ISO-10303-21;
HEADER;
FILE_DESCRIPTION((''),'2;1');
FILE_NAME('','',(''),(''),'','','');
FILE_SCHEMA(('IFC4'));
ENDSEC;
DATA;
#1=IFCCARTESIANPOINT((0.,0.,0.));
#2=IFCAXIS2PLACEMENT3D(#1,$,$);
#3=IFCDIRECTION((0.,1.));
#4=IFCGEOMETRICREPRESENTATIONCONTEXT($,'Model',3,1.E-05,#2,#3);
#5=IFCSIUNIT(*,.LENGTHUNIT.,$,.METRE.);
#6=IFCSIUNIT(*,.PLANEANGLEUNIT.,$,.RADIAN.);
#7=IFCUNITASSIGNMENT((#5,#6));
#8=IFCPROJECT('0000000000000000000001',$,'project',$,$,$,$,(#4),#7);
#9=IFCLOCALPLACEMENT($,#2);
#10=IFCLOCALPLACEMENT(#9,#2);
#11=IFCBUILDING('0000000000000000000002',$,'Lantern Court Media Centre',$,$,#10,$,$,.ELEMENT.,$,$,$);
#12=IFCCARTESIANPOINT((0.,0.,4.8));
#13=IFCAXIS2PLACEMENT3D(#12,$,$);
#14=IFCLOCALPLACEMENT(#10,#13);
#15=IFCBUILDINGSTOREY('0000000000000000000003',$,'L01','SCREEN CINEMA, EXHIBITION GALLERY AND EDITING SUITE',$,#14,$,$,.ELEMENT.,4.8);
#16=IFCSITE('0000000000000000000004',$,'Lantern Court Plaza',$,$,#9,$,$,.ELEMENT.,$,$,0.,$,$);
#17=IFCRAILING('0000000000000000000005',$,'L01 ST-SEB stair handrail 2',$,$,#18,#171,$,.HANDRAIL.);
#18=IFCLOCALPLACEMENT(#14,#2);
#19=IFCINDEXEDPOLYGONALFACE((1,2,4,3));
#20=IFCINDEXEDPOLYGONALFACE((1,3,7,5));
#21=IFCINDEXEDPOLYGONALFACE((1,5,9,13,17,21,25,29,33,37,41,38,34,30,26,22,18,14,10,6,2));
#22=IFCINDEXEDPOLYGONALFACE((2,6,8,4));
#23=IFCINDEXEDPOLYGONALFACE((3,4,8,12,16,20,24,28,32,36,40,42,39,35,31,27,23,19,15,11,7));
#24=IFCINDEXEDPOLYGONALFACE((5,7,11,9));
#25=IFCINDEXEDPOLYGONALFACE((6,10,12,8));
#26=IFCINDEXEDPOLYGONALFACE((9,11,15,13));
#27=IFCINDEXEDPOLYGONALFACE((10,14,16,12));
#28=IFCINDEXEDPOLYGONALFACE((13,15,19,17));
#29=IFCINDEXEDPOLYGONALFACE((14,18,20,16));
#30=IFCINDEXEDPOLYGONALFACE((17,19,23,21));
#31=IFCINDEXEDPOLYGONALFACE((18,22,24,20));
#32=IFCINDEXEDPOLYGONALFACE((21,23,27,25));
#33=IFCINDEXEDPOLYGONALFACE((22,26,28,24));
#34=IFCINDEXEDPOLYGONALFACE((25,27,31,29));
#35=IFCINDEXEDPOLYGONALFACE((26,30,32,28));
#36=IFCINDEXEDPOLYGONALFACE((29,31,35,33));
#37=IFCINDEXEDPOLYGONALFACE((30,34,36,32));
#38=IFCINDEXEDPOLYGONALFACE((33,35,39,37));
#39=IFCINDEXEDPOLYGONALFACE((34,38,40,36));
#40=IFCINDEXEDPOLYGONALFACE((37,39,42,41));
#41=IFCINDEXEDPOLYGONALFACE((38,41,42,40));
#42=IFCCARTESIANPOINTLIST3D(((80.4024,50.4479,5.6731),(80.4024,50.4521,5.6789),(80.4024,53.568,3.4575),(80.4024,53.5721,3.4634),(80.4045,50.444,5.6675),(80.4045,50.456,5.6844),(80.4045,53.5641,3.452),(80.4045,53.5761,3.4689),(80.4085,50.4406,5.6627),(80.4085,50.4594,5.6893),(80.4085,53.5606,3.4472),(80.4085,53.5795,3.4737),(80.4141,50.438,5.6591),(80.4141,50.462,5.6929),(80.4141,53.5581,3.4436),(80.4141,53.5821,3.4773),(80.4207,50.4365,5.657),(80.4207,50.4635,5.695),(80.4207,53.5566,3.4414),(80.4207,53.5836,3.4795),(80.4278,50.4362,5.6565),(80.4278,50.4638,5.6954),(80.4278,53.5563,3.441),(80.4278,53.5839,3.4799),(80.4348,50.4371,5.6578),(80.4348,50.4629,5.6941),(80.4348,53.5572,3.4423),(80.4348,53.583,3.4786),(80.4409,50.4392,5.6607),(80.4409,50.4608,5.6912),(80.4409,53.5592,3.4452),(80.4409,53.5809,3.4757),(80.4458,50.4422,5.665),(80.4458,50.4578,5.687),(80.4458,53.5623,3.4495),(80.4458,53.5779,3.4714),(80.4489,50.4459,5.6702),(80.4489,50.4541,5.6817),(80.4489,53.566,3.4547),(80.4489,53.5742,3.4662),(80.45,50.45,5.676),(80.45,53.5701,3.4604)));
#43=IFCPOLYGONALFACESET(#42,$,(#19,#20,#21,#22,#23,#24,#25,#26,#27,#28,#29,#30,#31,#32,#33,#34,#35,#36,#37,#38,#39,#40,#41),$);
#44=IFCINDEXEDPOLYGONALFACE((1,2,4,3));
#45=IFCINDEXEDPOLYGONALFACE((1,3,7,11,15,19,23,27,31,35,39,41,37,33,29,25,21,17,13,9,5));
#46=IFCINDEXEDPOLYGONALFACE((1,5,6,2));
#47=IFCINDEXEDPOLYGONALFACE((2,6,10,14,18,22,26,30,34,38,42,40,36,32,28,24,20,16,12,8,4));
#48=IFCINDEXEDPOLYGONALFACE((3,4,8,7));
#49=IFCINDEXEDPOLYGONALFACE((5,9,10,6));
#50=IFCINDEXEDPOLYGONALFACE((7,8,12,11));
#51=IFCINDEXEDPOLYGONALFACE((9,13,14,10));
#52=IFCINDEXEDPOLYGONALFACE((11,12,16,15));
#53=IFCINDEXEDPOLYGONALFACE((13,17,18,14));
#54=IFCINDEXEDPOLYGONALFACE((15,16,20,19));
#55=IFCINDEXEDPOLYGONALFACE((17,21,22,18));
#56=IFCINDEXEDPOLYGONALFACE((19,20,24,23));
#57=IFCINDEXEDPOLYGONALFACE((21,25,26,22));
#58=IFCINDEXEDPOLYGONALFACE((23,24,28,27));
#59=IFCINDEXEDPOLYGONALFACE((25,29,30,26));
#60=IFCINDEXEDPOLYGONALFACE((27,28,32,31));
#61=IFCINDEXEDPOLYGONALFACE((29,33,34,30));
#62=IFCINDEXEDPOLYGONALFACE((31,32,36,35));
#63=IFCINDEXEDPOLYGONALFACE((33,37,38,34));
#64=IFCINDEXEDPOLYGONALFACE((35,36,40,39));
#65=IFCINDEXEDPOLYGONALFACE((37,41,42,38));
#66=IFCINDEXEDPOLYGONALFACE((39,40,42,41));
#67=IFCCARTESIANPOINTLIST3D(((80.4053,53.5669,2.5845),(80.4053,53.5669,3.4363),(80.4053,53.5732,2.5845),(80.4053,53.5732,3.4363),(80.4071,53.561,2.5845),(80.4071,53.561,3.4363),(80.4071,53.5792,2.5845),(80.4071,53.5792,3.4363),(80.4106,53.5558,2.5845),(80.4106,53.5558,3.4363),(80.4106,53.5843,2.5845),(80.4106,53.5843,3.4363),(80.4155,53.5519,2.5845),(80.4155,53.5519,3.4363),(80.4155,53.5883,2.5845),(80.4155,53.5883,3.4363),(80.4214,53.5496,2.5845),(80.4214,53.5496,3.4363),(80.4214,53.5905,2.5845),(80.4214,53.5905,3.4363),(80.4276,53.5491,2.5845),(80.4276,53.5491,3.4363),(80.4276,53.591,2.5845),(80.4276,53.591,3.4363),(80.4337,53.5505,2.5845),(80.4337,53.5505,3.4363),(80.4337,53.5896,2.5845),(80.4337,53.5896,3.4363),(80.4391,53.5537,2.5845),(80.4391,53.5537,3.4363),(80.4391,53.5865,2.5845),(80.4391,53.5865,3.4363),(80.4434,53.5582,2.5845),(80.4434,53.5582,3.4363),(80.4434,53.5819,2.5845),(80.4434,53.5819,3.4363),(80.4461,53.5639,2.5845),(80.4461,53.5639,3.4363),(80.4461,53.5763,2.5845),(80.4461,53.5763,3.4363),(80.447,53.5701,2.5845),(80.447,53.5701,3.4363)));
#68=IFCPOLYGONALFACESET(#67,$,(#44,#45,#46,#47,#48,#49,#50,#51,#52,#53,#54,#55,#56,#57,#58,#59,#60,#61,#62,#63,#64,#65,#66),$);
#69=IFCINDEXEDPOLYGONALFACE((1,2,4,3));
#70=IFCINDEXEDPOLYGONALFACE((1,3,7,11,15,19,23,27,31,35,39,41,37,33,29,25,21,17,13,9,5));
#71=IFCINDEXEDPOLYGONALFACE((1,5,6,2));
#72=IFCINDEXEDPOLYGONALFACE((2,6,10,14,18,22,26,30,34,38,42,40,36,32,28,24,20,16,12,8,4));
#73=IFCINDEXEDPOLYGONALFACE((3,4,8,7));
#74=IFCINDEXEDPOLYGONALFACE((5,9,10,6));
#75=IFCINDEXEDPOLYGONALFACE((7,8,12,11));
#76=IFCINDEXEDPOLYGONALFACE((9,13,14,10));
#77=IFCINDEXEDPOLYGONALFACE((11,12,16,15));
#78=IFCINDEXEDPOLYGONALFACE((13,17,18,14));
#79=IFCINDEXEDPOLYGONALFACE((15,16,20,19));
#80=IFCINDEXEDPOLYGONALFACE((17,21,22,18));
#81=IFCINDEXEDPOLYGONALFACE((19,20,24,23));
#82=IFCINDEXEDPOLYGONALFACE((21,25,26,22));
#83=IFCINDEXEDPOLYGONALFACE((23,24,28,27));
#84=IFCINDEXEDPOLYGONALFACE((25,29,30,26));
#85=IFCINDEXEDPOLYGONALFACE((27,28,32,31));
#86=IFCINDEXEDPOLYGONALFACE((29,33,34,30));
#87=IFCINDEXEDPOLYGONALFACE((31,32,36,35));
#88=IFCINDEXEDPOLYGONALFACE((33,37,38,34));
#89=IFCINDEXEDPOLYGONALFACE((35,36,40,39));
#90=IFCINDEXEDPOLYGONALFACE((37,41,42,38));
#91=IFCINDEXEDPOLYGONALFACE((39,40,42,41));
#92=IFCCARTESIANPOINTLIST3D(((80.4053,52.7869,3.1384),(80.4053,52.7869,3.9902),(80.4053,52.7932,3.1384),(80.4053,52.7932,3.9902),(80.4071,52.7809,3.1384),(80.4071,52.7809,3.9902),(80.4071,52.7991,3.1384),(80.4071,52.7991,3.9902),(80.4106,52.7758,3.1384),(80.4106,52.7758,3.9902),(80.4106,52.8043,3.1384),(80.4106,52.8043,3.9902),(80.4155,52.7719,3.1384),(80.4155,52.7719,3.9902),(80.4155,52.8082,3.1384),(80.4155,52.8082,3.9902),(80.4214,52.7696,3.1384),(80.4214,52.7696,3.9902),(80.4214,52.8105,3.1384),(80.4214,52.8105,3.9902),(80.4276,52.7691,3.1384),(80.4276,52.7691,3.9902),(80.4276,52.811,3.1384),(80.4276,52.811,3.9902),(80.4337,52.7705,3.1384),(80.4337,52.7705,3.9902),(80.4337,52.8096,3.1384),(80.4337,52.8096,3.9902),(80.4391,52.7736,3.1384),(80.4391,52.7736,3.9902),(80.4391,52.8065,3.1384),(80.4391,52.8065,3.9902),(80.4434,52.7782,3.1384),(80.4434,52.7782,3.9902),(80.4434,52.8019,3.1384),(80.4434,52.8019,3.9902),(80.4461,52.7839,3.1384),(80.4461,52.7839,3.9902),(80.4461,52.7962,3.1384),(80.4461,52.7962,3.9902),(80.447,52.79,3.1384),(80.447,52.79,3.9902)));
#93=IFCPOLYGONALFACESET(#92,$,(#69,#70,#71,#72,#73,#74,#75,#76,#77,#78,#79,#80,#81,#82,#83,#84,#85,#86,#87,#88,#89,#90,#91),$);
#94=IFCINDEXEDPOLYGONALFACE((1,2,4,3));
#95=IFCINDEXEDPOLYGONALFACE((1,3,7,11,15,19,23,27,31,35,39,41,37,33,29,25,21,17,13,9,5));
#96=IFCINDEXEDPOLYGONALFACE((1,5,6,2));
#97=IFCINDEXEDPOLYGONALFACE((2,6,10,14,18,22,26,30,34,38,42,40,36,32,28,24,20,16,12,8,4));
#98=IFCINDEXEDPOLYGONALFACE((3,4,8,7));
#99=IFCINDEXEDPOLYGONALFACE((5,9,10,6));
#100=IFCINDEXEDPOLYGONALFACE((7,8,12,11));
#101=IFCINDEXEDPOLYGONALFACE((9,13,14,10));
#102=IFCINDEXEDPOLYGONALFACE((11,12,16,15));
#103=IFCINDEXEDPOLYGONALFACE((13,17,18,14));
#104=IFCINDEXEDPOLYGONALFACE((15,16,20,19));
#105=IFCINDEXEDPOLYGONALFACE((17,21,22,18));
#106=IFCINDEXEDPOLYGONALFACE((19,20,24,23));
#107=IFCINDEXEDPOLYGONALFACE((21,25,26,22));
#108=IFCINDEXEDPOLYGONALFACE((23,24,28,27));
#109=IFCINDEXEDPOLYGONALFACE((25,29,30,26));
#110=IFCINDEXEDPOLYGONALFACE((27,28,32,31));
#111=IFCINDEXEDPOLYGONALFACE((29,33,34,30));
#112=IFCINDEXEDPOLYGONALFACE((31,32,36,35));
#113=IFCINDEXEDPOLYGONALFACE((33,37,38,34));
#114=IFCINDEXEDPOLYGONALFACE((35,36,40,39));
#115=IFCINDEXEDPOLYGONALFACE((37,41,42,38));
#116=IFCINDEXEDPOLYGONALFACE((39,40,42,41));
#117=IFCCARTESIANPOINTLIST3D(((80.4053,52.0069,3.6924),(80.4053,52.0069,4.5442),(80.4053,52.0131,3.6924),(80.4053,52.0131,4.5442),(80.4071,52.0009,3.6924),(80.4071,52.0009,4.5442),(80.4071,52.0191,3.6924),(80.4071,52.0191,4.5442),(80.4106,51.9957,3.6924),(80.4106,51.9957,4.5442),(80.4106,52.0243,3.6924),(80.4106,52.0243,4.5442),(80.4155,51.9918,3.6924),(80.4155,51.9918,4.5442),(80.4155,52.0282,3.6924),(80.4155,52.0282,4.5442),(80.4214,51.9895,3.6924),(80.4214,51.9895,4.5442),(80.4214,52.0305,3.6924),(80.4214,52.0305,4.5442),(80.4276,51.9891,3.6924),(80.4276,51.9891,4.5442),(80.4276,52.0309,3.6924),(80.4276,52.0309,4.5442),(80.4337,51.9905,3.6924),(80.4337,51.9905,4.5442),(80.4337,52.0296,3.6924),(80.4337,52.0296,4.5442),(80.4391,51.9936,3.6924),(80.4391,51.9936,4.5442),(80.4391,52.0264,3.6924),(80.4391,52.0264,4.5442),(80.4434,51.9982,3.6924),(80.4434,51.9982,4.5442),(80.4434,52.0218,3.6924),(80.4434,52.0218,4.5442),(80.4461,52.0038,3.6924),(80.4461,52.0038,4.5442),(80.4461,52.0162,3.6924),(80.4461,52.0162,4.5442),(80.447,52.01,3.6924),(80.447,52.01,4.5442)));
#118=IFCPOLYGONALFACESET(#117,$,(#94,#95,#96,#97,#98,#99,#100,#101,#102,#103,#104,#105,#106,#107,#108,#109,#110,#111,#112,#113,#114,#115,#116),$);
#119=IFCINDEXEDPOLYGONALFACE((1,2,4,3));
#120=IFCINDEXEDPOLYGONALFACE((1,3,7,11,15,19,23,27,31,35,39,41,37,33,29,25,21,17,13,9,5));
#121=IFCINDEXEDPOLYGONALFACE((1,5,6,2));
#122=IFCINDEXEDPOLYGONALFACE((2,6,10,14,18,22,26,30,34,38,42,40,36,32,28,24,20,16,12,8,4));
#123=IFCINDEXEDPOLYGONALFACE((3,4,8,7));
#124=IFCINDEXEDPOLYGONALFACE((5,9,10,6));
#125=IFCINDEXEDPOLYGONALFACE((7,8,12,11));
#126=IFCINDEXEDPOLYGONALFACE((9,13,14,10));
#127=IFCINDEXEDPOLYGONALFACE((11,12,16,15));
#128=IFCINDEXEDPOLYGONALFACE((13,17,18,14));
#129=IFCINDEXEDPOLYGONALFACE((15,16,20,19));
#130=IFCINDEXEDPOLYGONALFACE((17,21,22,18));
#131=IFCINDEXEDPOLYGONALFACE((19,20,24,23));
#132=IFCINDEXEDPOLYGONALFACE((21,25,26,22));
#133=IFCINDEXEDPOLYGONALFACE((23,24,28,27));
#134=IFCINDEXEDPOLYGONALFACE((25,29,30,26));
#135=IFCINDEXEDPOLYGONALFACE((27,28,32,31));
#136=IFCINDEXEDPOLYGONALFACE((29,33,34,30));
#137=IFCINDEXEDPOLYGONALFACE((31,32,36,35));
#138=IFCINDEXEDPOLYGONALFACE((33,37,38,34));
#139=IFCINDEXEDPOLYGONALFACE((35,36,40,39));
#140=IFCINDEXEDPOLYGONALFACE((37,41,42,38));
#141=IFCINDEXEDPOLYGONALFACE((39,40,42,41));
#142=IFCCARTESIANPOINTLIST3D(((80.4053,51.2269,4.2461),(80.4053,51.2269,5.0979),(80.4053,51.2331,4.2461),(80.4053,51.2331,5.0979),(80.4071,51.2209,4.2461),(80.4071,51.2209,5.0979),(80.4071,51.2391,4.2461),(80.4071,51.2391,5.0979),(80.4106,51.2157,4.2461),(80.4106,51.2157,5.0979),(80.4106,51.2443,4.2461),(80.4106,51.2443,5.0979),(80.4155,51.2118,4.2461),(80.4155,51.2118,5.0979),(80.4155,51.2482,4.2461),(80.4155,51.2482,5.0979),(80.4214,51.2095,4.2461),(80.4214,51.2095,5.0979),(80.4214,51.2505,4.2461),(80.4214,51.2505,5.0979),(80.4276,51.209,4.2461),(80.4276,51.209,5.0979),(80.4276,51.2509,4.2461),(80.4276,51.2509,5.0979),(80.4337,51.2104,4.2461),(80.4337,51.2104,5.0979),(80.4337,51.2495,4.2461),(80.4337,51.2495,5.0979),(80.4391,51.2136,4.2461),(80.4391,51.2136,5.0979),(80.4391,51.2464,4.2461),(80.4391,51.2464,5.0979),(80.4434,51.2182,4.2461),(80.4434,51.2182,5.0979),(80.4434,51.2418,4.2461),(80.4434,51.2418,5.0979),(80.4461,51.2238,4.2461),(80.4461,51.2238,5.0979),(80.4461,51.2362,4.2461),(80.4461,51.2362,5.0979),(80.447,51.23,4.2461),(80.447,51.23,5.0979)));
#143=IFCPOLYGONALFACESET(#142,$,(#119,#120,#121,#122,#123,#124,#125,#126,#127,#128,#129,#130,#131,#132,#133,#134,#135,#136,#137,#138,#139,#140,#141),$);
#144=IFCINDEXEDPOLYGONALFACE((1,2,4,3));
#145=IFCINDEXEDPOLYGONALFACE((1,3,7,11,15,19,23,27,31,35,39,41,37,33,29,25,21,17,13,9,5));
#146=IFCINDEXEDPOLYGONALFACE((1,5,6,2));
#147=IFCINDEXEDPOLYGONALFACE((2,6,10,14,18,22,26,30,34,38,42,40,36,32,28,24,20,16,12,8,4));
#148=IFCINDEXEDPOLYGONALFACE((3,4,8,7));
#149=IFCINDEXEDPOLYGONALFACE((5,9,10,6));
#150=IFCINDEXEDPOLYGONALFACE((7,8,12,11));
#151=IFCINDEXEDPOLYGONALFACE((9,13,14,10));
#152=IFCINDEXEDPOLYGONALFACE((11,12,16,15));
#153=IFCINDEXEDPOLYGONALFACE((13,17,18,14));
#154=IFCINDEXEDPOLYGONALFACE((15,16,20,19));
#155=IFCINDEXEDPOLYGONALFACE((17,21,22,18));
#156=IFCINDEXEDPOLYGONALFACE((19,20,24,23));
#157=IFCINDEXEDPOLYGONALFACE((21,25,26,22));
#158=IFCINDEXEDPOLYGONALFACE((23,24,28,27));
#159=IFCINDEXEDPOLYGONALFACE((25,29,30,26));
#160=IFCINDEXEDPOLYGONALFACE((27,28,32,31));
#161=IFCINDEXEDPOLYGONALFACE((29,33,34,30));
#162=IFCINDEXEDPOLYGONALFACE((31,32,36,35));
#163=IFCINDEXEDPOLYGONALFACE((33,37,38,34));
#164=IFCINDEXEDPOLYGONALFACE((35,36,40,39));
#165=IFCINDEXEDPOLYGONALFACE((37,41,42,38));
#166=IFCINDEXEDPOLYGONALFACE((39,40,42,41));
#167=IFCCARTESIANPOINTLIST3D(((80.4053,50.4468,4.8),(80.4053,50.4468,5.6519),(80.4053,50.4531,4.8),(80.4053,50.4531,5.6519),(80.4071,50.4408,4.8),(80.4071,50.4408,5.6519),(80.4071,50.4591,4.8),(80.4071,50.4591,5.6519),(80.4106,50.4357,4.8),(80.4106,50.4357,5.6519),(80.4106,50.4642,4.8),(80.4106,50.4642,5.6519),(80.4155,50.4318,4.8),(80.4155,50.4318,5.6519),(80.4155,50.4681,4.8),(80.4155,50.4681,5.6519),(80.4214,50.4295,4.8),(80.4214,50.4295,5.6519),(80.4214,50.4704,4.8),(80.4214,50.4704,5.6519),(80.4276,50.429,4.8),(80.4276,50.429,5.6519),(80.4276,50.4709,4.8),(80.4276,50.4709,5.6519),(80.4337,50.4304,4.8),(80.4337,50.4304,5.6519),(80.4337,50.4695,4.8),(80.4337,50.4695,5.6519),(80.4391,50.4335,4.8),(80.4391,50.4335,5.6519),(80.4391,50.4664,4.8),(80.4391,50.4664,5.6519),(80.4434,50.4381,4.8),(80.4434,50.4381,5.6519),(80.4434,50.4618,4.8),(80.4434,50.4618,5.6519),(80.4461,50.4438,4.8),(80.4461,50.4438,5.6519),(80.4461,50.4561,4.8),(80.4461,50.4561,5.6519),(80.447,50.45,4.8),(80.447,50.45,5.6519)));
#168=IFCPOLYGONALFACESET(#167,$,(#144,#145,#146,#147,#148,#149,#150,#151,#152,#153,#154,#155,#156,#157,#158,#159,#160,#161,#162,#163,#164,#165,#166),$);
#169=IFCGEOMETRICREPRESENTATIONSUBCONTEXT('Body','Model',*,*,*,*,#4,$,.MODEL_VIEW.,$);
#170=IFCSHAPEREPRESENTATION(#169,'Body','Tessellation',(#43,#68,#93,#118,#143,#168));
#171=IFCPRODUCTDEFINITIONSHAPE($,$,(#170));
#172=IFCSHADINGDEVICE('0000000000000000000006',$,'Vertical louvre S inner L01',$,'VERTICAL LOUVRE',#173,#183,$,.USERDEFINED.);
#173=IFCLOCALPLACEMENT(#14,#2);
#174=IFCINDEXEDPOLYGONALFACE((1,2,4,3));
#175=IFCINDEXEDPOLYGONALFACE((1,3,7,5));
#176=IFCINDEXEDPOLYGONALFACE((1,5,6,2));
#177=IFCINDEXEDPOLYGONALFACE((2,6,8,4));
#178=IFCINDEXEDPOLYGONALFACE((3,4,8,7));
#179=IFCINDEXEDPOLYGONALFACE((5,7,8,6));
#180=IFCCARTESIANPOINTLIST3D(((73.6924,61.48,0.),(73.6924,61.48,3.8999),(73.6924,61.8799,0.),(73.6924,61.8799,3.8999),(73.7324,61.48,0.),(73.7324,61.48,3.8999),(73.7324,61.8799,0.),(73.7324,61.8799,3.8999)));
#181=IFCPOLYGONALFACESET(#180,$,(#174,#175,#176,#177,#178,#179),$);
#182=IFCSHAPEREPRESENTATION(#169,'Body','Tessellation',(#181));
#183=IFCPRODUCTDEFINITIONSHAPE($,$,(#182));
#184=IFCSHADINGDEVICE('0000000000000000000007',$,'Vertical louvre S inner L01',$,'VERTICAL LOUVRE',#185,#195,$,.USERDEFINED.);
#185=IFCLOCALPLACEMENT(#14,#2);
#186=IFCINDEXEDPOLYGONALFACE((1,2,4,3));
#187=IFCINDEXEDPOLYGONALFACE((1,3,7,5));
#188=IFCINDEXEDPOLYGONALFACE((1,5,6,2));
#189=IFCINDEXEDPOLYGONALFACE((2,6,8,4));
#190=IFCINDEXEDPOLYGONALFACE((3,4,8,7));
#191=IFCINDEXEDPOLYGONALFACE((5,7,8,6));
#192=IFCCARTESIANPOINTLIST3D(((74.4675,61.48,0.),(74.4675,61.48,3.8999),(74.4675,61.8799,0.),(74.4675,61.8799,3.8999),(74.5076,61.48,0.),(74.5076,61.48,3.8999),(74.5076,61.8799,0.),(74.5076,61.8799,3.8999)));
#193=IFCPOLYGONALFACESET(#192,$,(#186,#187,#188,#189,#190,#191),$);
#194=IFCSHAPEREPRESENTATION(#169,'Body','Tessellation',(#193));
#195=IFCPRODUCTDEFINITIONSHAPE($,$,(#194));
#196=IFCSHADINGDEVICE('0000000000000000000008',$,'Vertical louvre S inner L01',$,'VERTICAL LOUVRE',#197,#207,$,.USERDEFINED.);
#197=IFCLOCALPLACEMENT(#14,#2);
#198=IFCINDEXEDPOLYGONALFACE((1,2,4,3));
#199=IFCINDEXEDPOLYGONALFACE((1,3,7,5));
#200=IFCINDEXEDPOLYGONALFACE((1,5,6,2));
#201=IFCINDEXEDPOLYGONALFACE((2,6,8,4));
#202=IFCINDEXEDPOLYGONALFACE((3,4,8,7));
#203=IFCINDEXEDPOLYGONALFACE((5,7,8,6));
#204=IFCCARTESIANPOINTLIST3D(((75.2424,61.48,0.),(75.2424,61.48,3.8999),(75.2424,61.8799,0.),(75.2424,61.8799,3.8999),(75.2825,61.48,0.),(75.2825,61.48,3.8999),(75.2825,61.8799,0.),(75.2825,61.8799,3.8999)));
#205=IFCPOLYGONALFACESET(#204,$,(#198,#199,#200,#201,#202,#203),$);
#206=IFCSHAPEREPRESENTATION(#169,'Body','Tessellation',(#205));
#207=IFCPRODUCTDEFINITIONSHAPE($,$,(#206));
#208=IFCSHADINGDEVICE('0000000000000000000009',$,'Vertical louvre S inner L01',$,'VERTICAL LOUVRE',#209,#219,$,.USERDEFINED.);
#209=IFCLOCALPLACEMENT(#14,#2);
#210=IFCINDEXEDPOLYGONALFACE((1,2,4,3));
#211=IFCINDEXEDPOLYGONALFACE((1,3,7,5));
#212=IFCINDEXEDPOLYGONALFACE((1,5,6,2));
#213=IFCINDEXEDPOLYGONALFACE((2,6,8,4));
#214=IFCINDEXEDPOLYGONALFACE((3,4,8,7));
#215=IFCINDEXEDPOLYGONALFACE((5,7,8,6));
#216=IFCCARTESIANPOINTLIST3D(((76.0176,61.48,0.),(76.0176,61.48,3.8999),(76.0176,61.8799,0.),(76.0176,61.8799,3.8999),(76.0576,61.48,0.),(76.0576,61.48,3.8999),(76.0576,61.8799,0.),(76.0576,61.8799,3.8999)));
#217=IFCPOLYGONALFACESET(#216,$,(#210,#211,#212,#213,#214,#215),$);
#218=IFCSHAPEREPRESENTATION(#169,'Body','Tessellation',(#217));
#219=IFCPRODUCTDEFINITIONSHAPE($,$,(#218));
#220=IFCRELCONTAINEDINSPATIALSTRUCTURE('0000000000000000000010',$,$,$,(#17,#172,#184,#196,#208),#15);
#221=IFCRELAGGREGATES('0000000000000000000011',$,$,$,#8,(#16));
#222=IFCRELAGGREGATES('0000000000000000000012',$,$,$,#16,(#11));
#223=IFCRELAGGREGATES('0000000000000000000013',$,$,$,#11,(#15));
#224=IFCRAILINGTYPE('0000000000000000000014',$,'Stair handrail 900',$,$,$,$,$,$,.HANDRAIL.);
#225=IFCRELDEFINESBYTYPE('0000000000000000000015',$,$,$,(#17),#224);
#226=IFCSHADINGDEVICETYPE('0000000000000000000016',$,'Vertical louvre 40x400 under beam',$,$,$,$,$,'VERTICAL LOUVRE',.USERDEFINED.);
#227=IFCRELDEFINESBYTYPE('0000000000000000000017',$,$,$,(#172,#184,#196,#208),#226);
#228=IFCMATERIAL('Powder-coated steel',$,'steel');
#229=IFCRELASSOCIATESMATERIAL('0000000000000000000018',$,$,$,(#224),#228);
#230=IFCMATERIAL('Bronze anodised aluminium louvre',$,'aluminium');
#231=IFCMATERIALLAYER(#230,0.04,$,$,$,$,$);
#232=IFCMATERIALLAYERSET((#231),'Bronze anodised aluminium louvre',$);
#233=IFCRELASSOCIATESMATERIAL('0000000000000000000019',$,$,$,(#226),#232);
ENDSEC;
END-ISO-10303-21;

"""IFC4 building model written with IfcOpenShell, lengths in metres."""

from ifc_helpers import new_model, si_unit, direction, frame, origin, origin_2d, place, context, subcontext, project, spatial, rectangle, circle, extrude, material, layer, layer_set, type_object, element, save


model = new_model("IFC4")

# Units and contexts
model_context = context("Model", 3, precision=1e-05, world=origin(), true_north=direction((0.0, 1.0)))
body_context = subcontext(model_context, "Body", "Model", "MODEL_VIEW")
ifc_project = project(units=[si_unit("LENGTHUNIT", "METRE"), si_unit("PLANEANGLEUNIT", "RADIAN")], contexts=[model_context])

# Site, building, storey
site_placement = place(None, origin())
site = spatial("IfcSite", under=ifc_project, at=site_placement, Name="Lantern Court Plaza", CompositionType="ELEMENT", RefElevation=0.0)
building_placement = place(site_placement, origin())
building = spatial("IfcBuilding", under=site, at=building_placement, Name="Lantern Court Media Centre", CompositionType="ELEMENT")
storey_placement = place(building_placement, frame((0.0, 0.0, 4.8)))
storey = spatial("IfcBuildingStorey", under=building, at=storey_placement, Name="L01", Description="SCREEN CINEMA, EXHIBITION GALLERY AND EDITING SUITE", CompositionType="ELEMENT", Elevation=4.8)

# Railing
ifc_material_1 = material(Name="Powder-coated steel", Category="steel")
railing_type_1 = type_object("IfcRailingType", Name="Stair handrail 900", PredefinedType="HANDRAIL", material=ifc_material_1)
railing_1_placement = place(storey_placement, frame((80.426, 53.5701, 2.5845)))
element("IfcRailing", 1, at=railing_1_placement, inside=storey, type_object=railing_type_1, Name="L01 ST-SEB stair handrail 2", PredefinedType="HANDRAIL", context=body_context, shape_type="SweptSolid", body=[
    extrude(circle(Radius=0.0239, at=origin_2d()), frame((0.0, 0.0, 0.876), z_axis=(0.0, -0.815347, 0.578973), x_axis=(1.0, 0.0, 0.0)), (0.0, 0.0, 1.0), 3.8267),
    extrude(circle(Radius=0.021, at=origin_2d()), origin(), (0.0, 0.0, 1.0), 0.8518),
    extrude(circle(Radius=0.021, at=origin_2d()), frame((0.0, -0.78, 0.554)), (0.0, 0.0, 1.0), 0.8518),
    extrude(circle(Radius=0.021, at=origin_2d()), frame((0.0, -1.5601, 1.1079)), (0.0, 0.0, 1.0), 0.8518),
    extrude(circle(Radius=0.021, at=origin_2d()), frame((0.0, -2.3401, 1.6616)), (0.0, 0.0, 1.0), 0.8518),
    extrude(circle(Radius=0.021, at=origin_2d()), frame((0.0, -3.1201, 2.2156)), (0.0, 0.0, 1.0), 0.8518),
])

# Shading devices
ifc_material_2 = material(Name="Bronze anodised aluminium louvre", Category="aluminium")
ifc_layer_1 = layer(ifc_material_2, 0.04)
ifc_layer_set_1 = layer_set([ifc_layer_1], Name="Bronze anodised aluminium louvre")
shading_device_type = type_object("IfcShadingDeviceType", Name="Vertical louvre 40x400 under beam", ElementType="VERTICAL LOUVRE", PredefinedType="USERDEFINED", material=ifc_layer_set_1)
for number, where, z_axis, x_axis, name in (
    (2, (73.7124, 61.6799, 0.0), (0.0, 0.0, 1.0), (1.0, 0.0, 0.0), "Vertical louvre S inner L01"),
    (3, (74.4875, 61.6799, 0.0), (0.0, 0.0, 1.0), (1.0, 0.0, 0.0), "Vertical louvre S inner L01"),
    (4, (75.2625, 61.6799, 0.0), (0.0, 0.0, 1.0), (1.0, 0.0, 0.0), "Vertical louvre S inner L01"),
    (5, (76.0376, 61.6799, 0.0), (0.0, 0.0, 1.0), (1.0, 0.0, 0.0), "Vertical louvre S inner L01"),
):
    element("IfcShadingDevice", number, at=place(storey_placement, frame(where, z_axis=z_axis, x_axis=x_axis)), inside=storey, type_object=shading_device_type, Name=name, ObjectType="VERTICAL LOUVRE", PredefinedType="USERDEFINED", context=body_context, shape_type="SweptSolid", body=[
        extrude(rectangle(XDim=0.04, YDim=0.3999, at=origin_2d()), origin(), (0.0, 0.0, 1.0), 3.8999),
    ])

save(model, "model.ifc")
